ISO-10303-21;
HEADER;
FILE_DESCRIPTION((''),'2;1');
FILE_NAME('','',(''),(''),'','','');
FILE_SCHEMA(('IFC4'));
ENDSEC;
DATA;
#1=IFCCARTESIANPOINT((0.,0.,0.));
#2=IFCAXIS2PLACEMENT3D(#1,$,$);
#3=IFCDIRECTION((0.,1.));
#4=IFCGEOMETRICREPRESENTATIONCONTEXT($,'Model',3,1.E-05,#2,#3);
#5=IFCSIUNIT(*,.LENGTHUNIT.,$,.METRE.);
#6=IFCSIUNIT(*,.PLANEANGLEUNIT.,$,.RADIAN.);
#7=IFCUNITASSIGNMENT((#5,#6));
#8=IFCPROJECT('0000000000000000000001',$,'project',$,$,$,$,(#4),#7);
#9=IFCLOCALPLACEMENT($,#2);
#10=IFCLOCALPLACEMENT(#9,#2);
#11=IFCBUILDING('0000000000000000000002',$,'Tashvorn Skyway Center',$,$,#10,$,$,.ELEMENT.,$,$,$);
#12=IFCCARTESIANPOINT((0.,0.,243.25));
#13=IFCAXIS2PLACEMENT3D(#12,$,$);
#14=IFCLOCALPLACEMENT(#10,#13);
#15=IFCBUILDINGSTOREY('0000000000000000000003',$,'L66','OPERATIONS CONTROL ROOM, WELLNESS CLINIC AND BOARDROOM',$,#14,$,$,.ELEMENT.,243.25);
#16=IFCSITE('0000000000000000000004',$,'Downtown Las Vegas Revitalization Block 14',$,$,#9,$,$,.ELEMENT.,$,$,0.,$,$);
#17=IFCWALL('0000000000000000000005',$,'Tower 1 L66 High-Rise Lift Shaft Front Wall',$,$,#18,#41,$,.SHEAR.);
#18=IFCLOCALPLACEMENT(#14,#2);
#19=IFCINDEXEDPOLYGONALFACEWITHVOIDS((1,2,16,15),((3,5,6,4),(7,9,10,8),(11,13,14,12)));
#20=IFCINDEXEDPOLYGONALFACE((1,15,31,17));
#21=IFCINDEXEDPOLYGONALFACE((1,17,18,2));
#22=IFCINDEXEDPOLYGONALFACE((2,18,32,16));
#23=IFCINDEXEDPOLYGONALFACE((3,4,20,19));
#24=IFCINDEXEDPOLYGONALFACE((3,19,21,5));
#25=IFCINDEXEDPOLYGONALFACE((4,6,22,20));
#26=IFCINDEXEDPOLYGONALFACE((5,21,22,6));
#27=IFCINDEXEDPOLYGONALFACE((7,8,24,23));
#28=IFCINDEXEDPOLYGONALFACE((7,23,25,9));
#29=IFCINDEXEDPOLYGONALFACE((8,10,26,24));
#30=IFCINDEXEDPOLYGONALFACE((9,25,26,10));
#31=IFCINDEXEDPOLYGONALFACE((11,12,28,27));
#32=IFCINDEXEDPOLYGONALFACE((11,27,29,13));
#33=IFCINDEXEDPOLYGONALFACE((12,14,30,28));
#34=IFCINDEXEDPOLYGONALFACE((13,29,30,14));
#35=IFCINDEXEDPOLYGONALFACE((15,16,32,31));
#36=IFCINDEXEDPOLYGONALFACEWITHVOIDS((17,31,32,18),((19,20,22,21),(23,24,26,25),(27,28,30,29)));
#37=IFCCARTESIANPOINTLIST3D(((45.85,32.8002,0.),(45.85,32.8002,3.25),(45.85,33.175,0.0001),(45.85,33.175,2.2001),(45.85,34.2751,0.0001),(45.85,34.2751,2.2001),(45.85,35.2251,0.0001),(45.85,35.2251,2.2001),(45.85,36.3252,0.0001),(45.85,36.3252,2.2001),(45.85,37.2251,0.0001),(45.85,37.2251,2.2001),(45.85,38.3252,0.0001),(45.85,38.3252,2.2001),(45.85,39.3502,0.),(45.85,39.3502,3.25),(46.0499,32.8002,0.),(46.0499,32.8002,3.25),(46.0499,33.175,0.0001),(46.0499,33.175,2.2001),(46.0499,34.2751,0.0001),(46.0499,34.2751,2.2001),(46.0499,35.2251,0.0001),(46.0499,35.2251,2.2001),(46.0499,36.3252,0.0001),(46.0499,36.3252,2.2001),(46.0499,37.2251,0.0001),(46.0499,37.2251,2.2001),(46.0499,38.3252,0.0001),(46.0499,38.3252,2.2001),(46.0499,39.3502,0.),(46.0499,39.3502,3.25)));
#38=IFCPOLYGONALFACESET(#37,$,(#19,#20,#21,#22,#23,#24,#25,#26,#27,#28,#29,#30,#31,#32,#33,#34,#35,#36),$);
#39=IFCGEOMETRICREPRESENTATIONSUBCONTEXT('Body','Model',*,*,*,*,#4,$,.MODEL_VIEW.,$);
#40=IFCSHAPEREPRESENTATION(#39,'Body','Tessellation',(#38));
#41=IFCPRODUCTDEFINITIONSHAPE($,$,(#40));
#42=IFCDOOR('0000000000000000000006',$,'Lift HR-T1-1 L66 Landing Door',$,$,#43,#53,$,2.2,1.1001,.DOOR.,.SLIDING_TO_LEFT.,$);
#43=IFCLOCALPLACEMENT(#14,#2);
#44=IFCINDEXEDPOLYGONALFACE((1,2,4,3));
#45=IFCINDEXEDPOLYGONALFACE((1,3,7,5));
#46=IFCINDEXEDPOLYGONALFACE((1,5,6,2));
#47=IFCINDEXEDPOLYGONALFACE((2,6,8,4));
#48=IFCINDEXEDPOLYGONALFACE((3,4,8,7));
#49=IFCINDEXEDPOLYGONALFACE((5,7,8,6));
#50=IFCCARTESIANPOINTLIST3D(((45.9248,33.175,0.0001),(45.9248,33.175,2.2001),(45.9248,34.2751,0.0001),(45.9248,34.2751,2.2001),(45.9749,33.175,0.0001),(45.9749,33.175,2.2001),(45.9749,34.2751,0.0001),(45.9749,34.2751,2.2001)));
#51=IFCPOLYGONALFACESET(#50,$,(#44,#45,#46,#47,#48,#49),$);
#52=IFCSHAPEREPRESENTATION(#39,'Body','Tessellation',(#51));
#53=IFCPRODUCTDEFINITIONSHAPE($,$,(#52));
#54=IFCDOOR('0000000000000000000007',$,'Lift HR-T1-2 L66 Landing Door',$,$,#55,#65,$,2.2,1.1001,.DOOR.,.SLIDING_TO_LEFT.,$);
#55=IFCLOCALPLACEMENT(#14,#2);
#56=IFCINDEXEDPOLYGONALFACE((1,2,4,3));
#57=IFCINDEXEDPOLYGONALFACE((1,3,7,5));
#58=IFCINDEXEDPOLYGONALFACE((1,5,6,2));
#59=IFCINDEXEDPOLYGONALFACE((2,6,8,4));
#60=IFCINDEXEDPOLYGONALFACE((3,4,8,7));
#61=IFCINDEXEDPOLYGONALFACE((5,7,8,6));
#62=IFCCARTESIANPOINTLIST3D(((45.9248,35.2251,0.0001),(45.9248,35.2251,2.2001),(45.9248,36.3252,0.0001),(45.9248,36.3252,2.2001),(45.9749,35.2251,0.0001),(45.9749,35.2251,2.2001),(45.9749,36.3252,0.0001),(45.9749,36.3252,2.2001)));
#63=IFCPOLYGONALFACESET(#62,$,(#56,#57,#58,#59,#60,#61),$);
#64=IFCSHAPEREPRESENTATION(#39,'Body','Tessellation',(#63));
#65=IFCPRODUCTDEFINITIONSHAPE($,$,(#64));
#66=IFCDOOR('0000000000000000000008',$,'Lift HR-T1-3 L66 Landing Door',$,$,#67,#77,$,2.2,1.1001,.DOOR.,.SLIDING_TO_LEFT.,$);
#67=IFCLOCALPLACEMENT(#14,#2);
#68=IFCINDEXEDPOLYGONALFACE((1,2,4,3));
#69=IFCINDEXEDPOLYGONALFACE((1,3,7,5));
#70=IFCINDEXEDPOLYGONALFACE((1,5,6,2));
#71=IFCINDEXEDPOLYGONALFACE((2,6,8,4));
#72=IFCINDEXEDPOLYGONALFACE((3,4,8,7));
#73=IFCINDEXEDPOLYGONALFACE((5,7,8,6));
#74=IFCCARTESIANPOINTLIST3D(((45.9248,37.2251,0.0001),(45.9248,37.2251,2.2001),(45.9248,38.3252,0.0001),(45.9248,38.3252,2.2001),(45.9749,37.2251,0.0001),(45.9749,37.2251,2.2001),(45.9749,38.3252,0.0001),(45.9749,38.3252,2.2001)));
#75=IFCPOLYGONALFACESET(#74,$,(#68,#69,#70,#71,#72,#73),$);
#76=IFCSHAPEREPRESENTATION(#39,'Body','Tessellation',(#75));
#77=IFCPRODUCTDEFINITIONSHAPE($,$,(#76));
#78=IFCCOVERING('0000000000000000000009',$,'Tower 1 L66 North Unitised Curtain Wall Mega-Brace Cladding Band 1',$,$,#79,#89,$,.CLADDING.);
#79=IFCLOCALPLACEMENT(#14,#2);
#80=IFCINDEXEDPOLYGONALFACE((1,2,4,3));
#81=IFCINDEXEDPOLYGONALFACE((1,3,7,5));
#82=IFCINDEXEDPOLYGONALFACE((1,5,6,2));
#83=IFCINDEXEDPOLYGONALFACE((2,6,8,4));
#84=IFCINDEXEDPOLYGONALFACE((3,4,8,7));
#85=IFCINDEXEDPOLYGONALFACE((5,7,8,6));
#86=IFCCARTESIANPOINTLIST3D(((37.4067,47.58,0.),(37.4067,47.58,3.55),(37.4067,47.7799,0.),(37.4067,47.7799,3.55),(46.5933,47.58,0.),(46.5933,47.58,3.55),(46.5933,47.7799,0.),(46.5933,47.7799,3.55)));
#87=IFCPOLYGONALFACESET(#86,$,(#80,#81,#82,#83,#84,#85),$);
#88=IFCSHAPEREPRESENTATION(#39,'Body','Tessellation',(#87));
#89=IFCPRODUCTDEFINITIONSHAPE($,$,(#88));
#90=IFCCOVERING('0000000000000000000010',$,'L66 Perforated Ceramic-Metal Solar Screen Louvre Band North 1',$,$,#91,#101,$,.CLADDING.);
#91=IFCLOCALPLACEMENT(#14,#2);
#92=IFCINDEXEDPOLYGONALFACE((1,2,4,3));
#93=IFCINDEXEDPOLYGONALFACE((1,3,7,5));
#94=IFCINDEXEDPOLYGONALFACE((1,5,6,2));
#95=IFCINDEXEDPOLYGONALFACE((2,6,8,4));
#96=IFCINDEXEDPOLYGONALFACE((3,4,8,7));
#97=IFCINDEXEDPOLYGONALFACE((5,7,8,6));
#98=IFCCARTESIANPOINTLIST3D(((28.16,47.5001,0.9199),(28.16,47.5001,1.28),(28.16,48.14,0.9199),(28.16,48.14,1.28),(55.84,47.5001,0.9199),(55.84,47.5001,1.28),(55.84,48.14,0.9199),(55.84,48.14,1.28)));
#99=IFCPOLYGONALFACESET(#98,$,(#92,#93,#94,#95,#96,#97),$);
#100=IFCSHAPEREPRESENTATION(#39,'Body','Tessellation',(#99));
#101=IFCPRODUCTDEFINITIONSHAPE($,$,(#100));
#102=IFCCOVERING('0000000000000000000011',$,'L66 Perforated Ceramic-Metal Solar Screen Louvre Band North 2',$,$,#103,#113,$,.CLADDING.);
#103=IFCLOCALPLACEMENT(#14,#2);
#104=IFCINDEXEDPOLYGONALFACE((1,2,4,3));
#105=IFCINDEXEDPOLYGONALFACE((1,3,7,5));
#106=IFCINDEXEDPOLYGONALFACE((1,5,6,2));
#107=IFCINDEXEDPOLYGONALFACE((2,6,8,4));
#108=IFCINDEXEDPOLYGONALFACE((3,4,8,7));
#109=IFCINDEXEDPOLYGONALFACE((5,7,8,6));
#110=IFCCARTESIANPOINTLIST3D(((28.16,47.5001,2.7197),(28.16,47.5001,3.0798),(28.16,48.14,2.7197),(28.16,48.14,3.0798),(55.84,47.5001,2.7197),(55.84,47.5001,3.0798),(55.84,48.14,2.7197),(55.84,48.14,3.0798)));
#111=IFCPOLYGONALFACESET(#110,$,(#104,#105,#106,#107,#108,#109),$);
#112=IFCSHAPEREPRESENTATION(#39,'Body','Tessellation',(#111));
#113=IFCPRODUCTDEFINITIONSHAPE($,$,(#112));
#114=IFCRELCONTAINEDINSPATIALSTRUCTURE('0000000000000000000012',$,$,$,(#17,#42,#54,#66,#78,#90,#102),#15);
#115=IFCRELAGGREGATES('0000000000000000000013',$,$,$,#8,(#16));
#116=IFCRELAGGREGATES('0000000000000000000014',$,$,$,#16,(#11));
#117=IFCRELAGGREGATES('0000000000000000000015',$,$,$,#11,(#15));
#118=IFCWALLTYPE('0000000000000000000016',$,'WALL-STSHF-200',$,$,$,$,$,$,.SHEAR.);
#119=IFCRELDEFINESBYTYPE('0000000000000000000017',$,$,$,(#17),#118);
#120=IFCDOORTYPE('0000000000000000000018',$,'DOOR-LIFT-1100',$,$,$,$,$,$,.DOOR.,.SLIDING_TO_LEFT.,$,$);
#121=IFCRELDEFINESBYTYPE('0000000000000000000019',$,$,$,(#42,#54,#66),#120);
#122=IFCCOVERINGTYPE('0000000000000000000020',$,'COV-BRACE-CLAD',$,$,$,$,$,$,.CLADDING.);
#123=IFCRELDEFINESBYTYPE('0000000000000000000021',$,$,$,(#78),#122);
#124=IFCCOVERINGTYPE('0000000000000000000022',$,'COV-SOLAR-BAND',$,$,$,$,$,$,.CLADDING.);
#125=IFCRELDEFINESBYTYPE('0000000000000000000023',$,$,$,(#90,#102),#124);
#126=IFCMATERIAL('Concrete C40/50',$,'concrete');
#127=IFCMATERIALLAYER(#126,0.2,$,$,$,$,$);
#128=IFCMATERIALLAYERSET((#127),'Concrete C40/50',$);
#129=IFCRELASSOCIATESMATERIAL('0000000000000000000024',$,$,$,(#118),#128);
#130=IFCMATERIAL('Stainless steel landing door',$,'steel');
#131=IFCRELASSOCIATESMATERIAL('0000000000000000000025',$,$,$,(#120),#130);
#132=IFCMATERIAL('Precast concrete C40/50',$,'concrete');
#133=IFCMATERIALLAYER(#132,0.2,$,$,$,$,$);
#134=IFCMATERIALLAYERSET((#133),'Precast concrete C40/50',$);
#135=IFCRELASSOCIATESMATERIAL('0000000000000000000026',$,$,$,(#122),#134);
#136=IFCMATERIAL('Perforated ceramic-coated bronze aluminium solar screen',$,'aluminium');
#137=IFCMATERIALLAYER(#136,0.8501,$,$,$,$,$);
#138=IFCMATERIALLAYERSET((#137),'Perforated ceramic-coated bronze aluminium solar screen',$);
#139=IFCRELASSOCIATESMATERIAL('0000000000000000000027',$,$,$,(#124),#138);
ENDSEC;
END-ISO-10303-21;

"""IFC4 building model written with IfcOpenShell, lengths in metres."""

from ifc_helpers import new_model, si_unit, direction, frame, frame_2d, origin, origin_2d, place, context, subcontext, project, spatial, rectangle, extrude, material, layer, layer_set, type_object, element, fill, save


model = new_model("IFC4")

# Units and contexts
model_context = context("Model", 3, precision=1e-05, world=origin(), true_north=direction((0.0, 1.0)))
body_context = subcontext(model_context, "Body", "Model", "MODEL_VIEW")
ifc_project = project(units=[si_unit("LENGTHUNIT", "METRE"), si_unit("PLANEANGLEUNIT", "RADIAN")], contexts=[model_context])

# Site, building, storey
site_placement = place(None, origin())
site = spatial("IfcSite", under=ifc_project, at=site_placement, Name="Downtown Las Vegas Revitalization Block 14", CompositionType="ELEMENT", RefElevation=0.0)
building_placement = place(site_placement, origin())
building = spatial("IfcBuilding", under=site, at=building_placement, Name="Tashvorn Skyway Center", CompositionType="ELEMENT")
storey_placement = place(building_placement, frame((0.0, 0.0, 243.25)))
storey = spatial("IfcBuildingStorey", under=building, at=storey_placement, Name="L66", Description="OPERATIONS CONTROL ROOM, WELLNESS CLINIC AND BOARDROOM", CompositionType="ELEMENT", Elevation=243.25)

# Wall, openings, doors
ifc_material_1 = material(Name="Concrete C40/50", Category="concrete")
ifc_layer_1 = layer(ifc_material_1, 0.2)
ifc_layer_set_1 = layer_set([ifc_layer_1], Name="Concrete C40/50")
wall_type_1 = type_object("IfcWallType", Name="WALL-STSHF-200", PredefinedType="SHEAR", material=ifc_layer_set_1)
wall_1_placement = place(storey_placement, frame((45.95, 39.3501, 0.0), z_axis=(0.0, 0.0, 1.0), x_axis=(0.0, -1.0, 0.0)))
wall_1 = element("IfcWall", 1, at=wall_1_placement, inside=storey, type_object=wall_type_1, Name="Tower 1 L66 High-Rise Lift Shaft Front Wall", PredefinedType="SHEAR", context=body_context, shape_type="SweptSolid", body=[
    extrude(rectangle(XDim=6.55, YDim=0.2, at=frame_2d((3.2749, 0.0))), origin(), (0.0, 0.0, 1.0), 3.25),
])
opening_1_placement = place(wall_1_placement, frame((5.075, 0.0, 0.0)))
opening_1 = element("IfcOpeningElement", 2, at=opening_1_placement, cuts=wall_1, PredefinedType="OPENING", context=body_context, shape_type="SweptSolid", body=[
    extrude(rectangle(XDim=1.1001, YDim=2.2, at=frame_2d((0.55, 1.1001))), frame((0.0, 0.1099, 0.0), z_axis=(0.0, -1.0, 0.0), x_axis=(1.0, 0.0, 0.0)), (0.0, 0.0, 1.0), 0.22),
])
opening_2_placement = place(wall_1_placement, frame((3.0249, 0.0, 0.0)))
opening_2 = element("IfcOpeningElement", 3, at=opening_2_placement, cuts=wall_1, PredefinedType="OPENING", context=body_context, shape_type="SweptSolid", body=[
    extrude(rectangle(XDim=1.1001, YDim=2.2, at=frame_2d((0.55, 1.1001))), frame((0.0, 0.1099, 0.0), z_axis=(0.0, -1.0, 0.0), x_axis=(1.0, 0.0, 0.0)), (0.0, 0.0, 1.0), 0.22),
])
opening_3_placement = place(wall_1_placement, frame((1.0249, 0.0, 0.0)))
opening_3 = element("IfcOpeningElement", 4, at=opening_3_placement, cuts=wall_1, PredefinedType="OPENING", context=body_context, shape_type="SweptSolid", body=[
    extrude(rectangle(XDim=1.1001, YDim=2.2, at=frame_2d((0.55, 1.1001))), frame((0.0, 0.1099, 0.0), z_axis=(0.0, -1.0, 0.0), x_axis=(1.0, 0.0, 0.0)), (0.0, 0.0, 1.0), 0.22),
])
ifc_material_2 = material(Name="Stainless steel landing door", Category="steel")
door_type_1 = type_object("IfcDoorType", Name="DOOR-LIFT-1100", OperationType="SLIDING_TO_LEFT", PredefinedType="DOOR", material=ifc_material_2)
door_1_placement = place(opening_1_placement, origin())
door_1 = element("IfcDoor", 5, at=door_1_placement, inside=storey, type_object=door_type_1, Name="Lift HR-T1-1 L66 Landing Door", OperationType="SLIDING_TO_LEFT", OverallHeight=2.2, OverallWidth=1.1001, PredefinedType="DOOR", context=body_context, shape_type="SweptSolid", body=[
    extrude(rectangle(XDim=1.1001, YDim=2.2, at=frame_2d((0.55, 1.1001))), frame((0.0, 0.0249, 0.0), z_axis=(0.0, -1.0, 0.0), x_axis=(1.0, 0.0, 0.0)), (0.0, 0.0, 1.0), 0.05),
])
fill(opening_1, door_1)
door_2_placement = place(opening_2_placement, origin())
door_2 = element("IfcDoor", 6, at=door_2_placement, inside=storey, type_object=door_type_1, Name="Lift HR-T1-2 L66 Landing Door", OperationType="SLIDING_TO_LEFT", OverallHeight=2.2, OverallWidth=1.1001, PredefinedType="DOOR", context=body_context, shape_type="SweptSolid", body=[
    extrude(rectangle(XDim=1.1001, YDim=2.2, at=frame_2d((0.55, 1.1001))), frame((0.0, 0.0249, 0.0), z_axis=(0.0, -1.0, 0.0), x_axis=(1.0, 0.0, 0.0)), (0.0, 0.0, 1.0), 0.05),
])
fill(opening_2, door_2)
door_3_placement = place(opening_3_placement, origin())
door_3 = element("IfcDoor", 7, at=door_3_placement, inside=storey, type_object=door_type_1, Name="Lift HR-T1-3 L66 Landing Door", OperationType="SLIDING_TO_LEFT", OverallHeight=2.2, OverallWidth=1.1001, PredefinedType="DOOR", context=body_context, shape_type="SweptSolid", body=[
    extrude(rectangle(XDim=1.1001, YDim=2.2, at=frame_2d((0.55, 1.1001))), frame((0.0, 0.0249, 0.0), z_axis=(0.0, -1.0, 0.0), x_axis=(1.0, 0.0, 0.0)), (0.0, 0.0, 1.0), 0.05),
])
fill(opening_3, door_3)

# Coverings
ifc_material_3 = material(Name="Precast concrete C40/50", Category="concrete")
ifc_layer_2 = layer(ifc_material_3, 0.2)
ifc_layer_set_2 = layer_set([ifc_layer_2], Name="Precast concrete C40/50")
covering_type_1 = type_object("IfcCoveringType", Name="COV-BRACE-CLAD", PredefinedType="CLADDING", material=ifc_layer_set_2)
covering_placement = place(storey_placement, frame((42.0, 47.6799, 0.0), z_axis=(0.0, 0.0, 1.0), x_axis=(1.0, 0.0, 0.0)))
element("IfcCovering", 8, at=covering_placement, inside=storey, type_object=covering_type_1, Name="Tower 1 L66 North Unitised Curtain Wall Mega-Brace Cladding Band 1", PredefinedType="CLADDING", context=body_context, shape_type="SweptSolid", body=[
    extrude(rectangle(XDim=9.1865, YDim=0.2, at=origin_2d()), origin(), (0.0, 0.0, 1.0), 3.55),
])
ifc_material_4 = material(Name="Perforated ceramic-coated bronze aluminium solar screen", Category="aluminium")
ifc_layer_3 = layer(ifc_material_4, 0.8501)
ifc_layer_set_3 = layer_set([ifc_layer_3], Name="Perforated ceramic-coated bronze aluminium solar screen")
covering_type_2 = type_object("IfcCoveringType", Name="COV-SOLAR-BAND", PredefinedType="CLADDING", material=ifc_layer_set_3)
for number, where, z_axis, x_axis, name in (
    (9, (42.0, 47.8201, 0.9199), (0.0, 0.0, 1.0), (1.0, 0.0, 0.0), "L66 Perforated Ceramic-Metal Solar Screen Louvre Band North 1"),
    (10, (42.0, 47.8201, 2.7197), (0.0, 0.0, 1.0), (1.0, 0.0, 0.0), "L66 Perforated Ceramic-Metal Solar Screen Louvre Band North 2"),
):
    element("IfcCovering", number, at=place(storey_placement, frame(where, z_axis=z_axis, x_axis=x_axis)), inside=storey, type_object=covering_type_2, Name=name, PredefinedType="CLADDING", context=body_context, shape_type="SweptSolid", body=[
        extrude(rectangle(XDim=27.6799, YDim=0.6399, at=origin_2d()), origin(), (0.0, 0.0, 1.0), 0.3601),
    ])

save(model, "model.ifc")
